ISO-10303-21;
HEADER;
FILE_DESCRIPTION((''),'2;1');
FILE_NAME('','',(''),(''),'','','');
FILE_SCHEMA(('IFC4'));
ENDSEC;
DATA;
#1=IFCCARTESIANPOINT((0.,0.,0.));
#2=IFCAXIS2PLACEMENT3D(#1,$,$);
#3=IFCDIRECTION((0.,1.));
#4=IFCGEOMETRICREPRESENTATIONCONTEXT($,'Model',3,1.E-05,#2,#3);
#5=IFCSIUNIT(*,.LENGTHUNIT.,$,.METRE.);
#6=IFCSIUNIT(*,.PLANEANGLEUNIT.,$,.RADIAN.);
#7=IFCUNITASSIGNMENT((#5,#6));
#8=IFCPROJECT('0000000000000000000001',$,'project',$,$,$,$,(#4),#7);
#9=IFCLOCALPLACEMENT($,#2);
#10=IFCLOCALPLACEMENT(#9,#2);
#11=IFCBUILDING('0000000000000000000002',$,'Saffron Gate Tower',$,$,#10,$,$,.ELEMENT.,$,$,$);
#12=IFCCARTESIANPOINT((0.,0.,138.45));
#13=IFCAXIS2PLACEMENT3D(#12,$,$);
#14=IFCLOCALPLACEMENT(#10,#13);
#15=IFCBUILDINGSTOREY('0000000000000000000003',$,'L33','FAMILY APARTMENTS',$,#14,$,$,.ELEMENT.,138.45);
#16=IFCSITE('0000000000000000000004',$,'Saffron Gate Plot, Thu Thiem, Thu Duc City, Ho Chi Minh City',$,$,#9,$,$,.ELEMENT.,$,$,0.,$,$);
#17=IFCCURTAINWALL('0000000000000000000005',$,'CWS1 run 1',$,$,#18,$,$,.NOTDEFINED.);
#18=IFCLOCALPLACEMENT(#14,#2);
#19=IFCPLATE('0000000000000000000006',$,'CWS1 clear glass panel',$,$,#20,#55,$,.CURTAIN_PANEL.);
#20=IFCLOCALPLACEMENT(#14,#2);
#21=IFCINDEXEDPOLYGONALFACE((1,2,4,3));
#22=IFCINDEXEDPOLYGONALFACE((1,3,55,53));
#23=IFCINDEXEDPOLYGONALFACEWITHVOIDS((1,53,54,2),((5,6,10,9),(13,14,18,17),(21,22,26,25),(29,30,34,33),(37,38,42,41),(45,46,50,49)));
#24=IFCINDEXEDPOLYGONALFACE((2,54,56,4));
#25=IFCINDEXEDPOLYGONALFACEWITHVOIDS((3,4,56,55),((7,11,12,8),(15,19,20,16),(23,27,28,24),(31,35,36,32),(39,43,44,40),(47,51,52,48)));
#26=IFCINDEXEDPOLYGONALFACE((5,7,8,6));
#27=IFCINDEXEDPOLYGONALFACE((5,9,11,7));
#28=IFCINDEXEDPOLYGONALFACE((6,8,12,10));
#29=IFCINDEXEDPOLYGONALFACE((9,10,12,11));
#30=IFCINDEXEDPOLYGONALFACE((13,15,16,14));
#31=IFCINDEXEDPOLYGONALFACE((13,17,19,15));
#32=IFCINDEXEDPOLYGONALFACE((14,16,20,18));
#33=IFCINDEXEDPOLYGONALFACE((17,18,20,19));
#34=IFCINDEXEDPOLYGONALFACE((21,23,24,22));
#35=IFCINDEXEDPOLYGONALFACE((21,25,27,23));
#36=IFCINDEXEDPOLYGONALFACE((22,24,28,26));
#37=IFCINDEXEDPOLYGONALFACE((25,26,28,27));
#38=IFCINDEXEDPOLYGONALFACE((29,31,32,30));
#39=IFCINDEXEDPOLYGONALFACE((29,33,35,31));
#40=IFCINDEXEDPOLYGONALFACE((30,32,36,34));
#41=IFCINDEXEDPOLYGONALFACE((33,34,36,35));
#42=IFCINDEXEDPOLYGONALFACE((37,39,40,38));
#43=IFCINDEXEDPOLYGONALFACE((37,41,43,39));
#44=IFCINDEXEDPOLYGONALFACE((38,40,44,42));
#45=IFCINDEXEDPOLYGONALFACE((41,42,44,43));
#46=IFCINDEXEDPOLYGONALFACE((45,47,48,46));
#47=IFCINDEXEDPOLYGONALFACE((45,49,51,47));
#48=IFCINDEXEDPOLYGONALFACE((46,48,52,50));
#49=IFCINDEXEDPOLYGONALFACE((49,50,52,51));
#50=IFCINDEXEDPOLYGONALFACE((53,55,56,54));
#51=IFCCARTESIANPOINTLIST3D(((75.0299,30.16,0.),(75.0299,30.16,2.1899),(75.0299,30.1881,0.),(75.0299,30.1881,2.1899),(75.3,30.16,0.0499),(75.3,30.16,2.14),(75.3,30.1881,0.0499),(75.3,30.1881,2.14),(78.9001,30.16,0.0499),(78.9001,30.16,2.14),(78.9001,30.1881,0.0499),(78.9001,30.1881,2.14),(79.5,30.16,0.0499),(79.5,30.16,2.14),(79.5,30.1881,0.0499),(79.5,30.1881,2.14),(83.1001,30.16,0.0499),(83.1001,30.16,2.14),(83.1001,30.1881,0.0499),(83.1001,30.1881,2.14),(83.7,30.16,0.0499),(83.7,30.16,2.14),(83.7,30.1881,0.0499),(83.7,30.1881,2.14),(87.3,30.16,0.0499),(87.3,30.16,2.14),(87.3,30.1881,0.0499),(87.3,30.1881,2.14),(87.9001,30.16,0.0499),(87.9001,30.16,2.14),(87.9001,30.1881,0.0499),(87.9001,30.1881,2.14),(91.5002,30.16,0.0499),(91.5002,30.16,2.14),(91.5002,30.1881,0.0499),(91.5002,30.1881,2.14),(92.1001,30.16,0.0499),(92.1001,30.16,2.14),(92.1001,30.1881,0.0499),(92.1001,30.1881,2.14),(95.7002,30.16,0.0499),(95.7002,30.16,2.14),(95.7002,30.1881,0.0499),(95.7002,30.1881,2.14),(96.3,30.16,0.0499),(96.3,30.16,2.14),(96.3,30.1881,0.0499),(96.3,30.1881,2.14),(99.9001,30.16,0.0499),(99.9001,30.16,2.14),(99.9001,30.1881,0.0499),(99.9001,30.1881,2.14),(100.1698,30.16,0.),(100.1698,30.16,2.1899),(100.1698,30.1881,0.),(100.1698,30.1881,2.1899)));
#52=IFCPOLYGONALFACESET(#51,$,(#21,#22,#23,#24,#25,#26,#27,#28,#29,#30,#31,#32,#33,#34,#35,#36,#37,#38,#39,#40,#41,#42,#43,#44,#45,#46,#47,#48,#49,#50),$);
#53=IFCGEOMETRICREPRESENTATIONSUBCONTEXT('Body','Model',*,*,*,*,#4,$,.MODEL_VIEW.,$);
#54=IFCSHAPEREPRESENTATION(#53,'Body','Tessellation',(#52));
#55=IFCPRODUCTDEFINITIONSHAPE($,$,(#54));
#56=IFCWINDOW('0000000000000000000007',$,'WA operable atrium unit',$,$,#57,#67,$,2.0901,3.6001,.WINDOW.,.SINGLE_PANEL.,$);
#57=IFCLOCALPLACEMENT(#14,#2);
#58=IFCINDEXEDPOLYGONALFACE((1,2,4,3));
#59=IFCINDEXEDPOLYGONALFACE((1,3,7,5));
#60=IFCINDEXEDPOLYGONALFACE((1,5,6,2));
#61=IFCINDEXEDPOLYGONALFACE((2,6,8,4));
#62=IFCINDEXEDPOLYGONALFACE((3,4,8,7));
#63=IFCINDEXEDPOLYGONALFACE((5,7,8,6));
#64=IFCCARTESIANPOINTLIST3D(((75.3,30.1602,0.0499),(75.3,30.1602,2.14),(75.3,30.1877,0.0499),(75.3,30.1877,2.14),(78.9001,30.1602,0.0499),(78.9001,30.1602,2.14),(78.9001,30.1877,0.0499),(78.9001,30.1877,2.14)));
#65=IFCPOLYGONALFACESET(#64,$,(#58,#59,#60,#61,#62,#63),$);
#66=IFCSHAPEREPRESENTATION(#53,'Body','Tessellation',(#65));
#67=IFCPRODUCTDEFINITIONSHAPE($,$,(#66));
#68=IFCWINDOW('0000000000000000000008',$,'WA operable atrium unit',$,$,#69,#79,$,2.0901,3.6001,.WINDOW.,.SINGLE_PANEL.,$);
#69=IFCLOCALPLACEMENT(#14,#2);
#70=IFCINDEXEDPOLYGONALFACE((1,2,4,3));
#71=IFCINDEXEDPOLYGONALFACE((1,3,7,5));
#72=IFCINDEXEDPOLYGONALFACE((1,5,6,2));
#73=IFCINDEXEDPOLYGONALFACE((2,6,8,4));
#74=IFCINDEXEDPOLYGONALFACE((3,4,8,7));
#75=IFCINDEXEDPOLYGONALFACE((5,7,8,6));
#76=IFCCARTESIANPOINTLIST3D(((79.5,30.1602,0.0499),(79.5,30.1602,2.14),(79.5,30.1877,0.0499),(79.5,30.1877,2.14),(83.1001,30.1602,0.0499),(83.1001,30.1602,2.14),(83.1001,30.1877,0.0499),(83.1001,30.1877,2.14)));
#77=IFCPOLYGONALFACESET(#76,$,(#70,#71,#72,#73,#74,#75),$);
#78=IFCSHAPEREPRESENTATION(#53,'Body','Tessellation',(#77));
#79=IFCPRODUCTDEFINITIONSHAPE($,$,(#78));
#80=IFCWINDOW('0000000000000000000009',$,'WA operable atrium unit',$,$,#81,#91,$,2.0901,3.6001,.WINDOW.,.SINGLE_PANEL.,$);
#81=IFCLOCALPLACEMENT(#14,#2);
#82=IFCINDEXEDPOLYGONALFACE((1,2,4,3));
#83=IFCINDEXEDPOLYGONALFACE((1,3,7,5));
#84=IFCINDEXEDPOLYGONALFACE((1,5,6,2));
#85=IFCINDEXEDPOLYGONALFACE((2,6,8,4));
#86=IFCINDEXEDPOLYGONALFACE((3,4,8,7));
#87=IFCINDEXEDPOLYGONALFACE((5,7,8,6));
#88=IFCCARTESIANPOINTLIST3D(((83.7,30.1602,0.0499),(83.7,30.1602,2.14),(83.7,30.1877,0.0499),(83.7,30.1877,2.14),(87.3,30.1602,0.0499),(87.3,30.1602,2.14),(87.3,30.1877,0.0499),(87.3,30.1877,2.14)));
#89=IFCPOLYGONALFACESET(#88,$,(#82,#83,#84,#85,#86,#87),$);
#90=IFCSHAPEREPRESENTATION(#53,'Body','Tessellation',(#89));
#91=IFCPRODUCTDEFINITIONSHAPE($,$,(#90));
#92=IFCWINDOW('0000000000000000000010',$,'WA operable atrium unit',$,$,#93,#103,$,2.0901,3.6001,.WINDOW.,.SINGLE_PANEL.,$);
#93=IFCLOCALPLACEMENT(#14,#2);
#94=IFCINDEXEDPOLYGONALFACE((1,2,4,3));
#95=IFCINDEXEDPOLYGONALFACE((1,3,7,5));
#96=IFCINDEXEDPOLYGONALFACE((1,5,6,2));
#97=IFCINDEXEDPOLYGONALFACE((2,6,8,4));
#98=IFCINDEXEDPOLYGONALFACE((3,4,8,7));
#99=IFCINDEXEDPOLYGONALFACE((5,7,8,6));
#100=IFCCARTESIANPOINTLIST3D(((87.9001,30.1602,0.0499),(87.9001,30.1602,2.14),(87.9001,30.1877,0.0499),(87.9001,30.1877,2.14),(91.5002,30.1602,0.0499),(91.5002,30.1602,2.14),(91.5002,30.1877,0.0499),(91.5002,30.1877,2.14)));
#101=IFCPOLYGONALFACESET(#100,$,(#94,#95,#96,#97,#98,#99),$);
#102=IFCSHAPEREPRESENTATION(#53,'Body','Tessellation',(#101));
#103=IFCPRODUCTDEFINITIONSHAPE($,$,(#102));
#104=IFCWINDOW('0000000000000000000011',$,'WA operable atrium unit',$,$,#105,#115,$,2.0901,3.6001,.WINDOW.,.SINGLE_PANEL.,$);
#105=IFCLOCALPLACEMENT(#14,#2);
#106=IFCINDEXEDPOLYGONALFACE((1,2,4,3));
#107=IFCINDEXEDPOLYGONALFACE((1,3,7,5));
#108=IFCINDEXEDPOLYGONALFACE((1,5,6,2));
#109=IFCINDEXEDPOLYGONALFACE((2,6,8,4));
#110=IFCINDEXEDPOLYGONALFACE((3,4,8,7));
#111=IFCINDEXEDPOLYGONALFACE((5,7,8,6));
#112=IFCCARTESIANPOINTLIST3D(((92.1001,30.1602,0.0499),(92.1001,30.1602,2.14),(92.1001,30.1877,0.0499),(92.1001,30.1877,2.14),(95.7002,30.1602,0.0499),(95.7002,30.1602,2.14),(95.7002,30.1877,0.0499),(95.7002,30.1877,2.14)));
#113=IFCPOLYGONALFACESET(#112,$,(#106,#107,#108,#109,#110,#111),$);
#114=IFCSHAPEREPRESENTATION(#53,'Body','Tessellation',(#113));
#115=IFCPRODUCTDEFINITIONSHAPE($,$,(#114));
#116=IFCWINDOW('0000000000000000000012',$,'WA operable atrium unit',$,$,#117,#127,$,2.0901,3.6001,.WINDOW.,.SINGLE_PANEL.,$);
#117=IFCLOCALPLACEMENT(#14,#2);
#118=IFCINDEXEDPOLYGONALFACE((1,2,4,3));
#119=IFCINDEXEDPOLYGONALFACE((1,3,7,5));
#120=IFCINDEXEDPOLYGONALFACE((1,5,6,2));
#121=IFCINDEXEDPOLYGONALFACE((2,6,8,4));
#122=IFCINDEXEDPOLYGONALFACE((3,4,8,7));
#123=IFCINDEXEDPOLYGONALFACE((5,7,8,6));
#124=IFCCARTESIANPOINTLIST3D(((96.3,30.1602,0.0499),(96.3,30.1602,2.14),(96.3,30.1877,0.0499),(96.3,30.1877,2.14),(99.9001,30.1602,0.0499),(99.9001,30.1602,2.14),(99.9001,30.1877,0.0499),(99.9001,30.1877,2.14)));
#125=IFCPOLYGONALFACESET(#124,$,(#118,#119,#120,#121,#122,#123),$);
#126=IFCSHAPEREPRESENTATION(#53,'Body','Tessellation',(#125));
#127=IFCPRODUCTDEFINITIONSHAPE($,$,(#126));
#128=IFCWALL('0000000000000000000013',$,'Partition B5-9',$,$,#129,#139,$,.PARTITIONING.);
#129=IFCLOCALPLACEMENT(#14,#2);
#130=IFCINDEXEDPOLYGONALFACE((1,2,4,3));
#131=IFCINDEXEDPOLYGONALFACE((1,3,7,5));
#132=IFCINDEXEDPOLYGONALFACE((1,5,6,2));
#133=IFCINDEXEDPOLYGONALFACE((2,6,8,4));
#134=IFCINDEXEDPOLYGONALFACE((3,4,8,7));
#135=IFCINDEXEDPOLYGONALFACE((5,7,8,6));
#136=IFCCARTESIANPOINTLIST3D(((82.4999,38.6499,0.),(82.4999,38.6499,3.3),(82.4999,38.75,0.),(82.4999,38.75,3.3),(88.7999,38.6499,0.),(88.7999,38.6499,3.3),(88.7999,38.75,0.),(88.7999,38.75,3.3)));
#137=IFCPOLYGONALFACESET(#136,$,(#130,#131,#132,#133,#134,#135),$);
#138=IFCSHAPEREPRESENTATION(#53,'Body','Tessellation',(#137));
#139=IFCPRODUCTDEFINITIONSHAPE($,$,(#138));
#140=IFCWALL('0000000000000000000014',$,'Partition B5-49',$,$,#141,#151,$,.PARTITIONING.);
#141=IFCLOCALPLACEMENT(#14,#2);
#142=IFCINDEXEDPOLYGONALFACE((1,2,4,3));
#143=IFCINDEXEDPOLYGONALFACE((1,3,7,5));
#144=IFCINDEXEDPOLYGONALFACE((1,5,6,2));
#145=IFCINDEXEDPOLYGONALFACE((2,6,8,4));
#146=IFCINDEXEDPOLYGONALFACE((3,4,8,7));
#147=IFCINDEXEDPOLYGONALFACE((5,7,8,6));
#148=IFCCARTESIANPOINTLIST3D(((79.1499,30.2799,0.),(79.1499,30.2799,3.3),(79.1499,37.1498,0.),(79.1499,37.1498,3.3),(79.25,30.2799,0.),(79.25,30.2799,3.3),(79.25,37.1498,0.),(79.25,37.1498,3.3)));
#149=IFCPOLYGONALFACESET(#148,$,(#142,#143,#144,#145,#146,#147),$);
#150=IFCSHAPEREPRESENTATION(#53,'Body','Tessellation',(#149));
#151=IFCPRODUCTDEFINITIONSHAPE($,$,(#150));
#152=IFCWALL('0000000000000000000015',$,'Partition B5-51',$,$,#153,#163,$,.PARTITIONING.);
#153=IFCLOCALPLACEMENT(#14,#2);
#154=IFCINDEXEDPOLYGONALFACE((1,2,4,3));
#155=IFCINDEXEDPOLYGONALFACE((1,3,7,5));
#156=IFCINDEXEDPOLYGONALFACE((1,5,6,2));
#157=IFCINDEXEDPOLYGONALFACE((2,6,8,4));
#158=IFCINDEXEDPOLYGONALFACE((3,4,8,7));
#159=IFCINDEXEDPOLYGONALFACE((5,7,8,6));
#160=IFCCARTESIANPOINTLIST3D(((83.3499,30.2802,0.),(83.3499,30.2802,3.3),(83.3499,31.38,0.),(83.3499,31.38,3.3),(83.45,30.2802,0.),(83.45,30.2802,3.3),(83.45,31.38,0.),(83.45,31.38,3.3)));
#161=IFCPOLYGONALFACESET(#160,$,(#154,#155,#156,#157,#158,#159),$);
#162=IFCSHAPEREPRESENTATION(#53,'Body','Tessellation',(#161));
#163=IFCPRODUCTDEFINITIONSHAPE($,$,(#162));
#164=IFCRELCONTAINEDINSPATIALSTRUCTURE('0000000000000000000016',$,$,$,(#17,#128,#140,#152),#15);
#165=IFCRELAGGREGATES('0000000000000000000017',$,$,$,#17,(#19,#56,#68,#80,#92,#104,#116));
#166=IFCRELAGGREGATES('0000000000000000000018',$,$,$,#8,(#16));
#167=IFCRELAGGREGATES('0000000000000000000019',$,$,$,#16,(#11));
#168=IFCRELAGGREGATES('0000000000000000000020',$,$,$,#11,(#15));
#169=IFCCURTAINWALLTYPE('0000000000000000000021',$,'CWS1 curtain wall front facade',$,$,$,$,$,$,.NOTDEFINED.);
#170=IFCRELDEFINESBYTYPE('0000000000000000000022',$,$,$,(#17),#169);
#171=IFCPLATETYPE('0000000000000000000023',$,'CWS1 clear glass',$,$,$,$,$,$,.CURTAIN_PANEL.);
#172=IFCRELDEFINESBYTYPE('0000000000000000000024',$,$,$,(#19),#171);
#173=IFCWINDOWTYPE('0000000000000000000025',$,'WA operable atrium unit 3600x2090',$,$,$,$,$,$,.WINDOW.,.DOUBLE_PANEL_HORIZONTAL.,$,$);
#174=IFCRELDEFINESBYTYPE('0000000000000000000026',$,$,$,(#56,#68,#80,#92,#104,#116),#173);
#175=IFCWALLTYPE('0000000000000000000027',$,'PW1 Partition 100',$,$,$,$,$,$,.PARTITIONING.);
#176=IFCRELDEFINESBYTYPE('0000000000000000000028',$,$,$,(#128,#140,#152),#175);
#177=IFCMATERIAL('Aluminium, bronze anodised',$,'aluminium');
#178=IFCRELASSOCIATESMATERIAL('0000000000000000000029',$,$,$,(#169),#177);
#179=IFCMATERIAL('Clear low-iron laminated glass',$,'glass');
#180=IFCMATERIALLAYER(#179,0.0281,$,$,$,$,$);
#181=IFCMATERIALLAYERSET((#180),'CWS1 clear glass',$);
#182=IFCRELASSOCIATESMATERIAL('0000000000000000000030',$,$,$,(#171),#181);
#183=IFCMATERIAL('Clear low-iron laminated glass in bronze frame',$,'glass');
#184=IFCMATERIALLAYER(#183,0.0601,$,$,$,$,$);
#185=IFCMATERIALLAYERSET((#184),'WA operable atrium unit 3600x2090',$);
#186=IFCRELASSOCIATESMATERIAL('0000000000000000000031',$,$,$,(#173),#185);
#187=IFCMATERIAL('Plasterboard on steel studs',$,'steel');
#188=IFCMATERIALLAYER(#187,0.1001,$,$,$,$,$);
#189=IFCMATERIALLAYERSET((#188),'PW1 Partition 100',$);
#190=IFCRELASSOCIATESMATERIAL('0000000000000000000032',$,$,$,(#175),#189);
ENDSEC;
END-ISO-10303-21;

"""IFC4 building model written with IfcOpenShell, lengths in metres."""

from ifc_helpers import new_model, si_unit, direction, frame, frame_2d, origin, place, context, subcontext, project, spatial, rectangle, extrude, material, layer, layer_set, type_object, element, fill, aggregate, save


model = new_model("IFC4")

# Units and contexts
model_context = context("Model", 3, precision=1e-05, world=origin(), true_north=direction((0.0, 1.0)))
body_context = subcontext(model_context, "Body", "Model", "MODEL_VIEW")
ifc_project = project(units=[si_unit("LENGTHUNIT", "METRE"), si_unit("PLANEANGLEUNIT", "RADIAN")], contexts=[model_context])

# Site, building, storey
site_placement = place(None, origin())
site = spatial("IfcSite", under=ifc_project, at=site_placement, Name="Saffron Gate Plot, Thu Thiem, Thu Duc City, Ho Chi Minh City", CompositionType="ELEMENT", RefElevation=0.0)
building_placement = place(site_placement, origin())
building = spatial("IfcBuilding", under=site, at=building_placement, Name="Saffron Gate Tower", CompositionType="ELEMENT")
storey_placement = place(building_placement, frame((0.0, 0.0, 138.45)))
storey = spatial("IfcBuildingStorey", under=building, at=storey_placement, Name="L33", Description="FAMILY APARTMENTS", CompositionType="ELEMENT", Elevation=138.45)

# Curtain wall, plate, openings, windows
ifc_material_1 = material(Name="Aluminium, bronze anodised", Category="aluminium")
curtain_wall_type = type_object("IfcCurtainWallType", Name="CWS1 curtain wall front facade", PredefinedType="NOTDEFINED", material=ifc_material_1)
curtain_wall_placement = place(storey_placement, origin())
curtain_wall = element("IfcCurtainWall", 1, at=curtain_wall_placement, inside=storey, type_object=curtain_wall_type, Name="CWS1 run 1", PredefinedType="NOTDEFINED")
ifc_material_2 = material(Name="Clear low-iron laminated glass", Category="glass")
ifc_layer_1 = layer(ifc_material_2, 0.0281)
ifc_layer_set_1 = layer_set([ifc_layer_1], Name="CWS1 clear glass")
plate_type = type_object("IfcPlateType", Name="CWS1 clear glass", PredefinedType="CURTAIN_PANEL", material=ifc_layer_set_1)
plate_placement = place(storey_placement, frame((75.03, 30.1741, 0.0), z_axis=(0.0, 0.0, 1.0), x_axis=(1.0, 0.0, 0.0)))
plate = element("IfcPlate", 2, at=plate_placement, type_object=plate_type, Name="CWS1 clear glass panel", PredefinedType="CURTAIN_PANEL", context=body_context, shape_type="SweptSolid", body=[
    extrude(rectangle(XDim=25.1399, YDim=0.0281, at=frame_2d((12.5698, 0.0))), origin(), (0.0, 0.0, 1.0), 2.1899),
])
opening_1_placement = place(plate_placement, frame((0.27, 0.0, 0.05)))
opening_1 = element("IfcOpeningElement", 3, at=opening_1_placement, cuts=plate, PredefinedType="OPENING", context=body_context, shape_type="SweptSolid", body=[
    extrude(rectangle(XDim=3.6001, YDim=2.0901, at=frame_2d((1.8, 1.0449))), frame((0.0, 0.0239, 0.0), z_axis=(0.0, -1.0, 0.0), x_axis=(1.0, 0.0, 0.0)), (0.0, 0.0, 1.0), 0.0481),
])
opening_2_placement = place(plate_placement, frame((4.47, 0.0, 0.05)))
opening_2 = element("IfcOpeningElement", 4, at=opening_2_placement, cuts=plate, PredefinedType="OPENING", context=body_context, shape_type="SweptSolid", body=[
    extrude(rectangle(XDim=3.6001, YDim=2.0901, at=frame_2d((1.8, 1.0449))), frame((0.0, 0.0239, 0.0), z_axis=(0.0, -1.0, 0.0), x_axis=(1.0, 0.0, 0.0)), (0.0, 0.0, 1.0), 0.0481),
])
opening_3_placement = place(plate_placement, frame((8.6699, 0.0, 0.05)))
opening_3 = element("IfcOpeningElement", 5, at=opening_3_placement, cuts=plate, PredefinedType="OPENING", context=body_context, shape_type="SweptSolid", body=[
    extrude(rectangle(XDim=3.6001, YDim=2.0901, at=frame_2d((1.8, 1.0449))), frame((0.0, 0.0239, 0.0), z_axis=(0.0, -1.0, 0.0), x_axis=(1.0, 0.0, 0.0)), (0.0, 0.0, 1.0), 0.0481),
])
opening_4_placement = place(plate_placement, frame((12.8701, 0.0, 0.05)))
opening_4 = element("IfcOpeningElement", 6, at=opening_4_placement, cuts=plate, PredefinedType="OPENING", context=body_context, shape_type="SweptSolid", body=[
    extrude(rectangle(XDim=3.6001, YDim=2.0901, at=frame_2d((1.8, 1.0449))), frame((0.0, 0.0239, 0.0), z_axis=(0.0, -1.0, 0.0), x_axis=(1.0, 0.0, 0.0)), (0.0, 0.0, 1.0), 0.0481),
])
opening_5_placement = place(plate_placement, frame((17.0701, 0.0, 0.05)))
opening_5 = element("IfcOpeningElement", 7, at=opening_5_placement, cuts=plate, PredefinedType="OPENING", context=body_context, shape_type="SweptSolid", body=[
    extrude(rectangle(XDim=3.6001, YDim=2.0901, at=frame_2d((1.8, 1.0449))), frame((0.0, 0.0239, 0.0), z_axis=(0.0, -1.0, 0.0), x_axis=(1.0, 0.0, 0.0)), (0.0, 0.0, 1.0), 0.0481),
])
opening_6_placement = place(plate_placement, frame((21.27, 0.0, 0.05)))
opening_6 = element("IfcOpeningElement", 8, at=opening_6_placement, cuts=plate, PredefinedType="OPENING", context=body_context, shape_type="SweptSolid", body=[
    extrude(rectangle(XDim=3.6001, YDim=2.0901, at=frame_2d((1.8, 1.0449))), frame((0.0, 0.0239, 0.0), z_axis=(0.0, -1.0, 0.0), x_axis=(1.0, 0.0, 0.0)), (0.0, 0.0, 1.0), 0.0481),
])
ifc_material_3 = material(Name="Clear low-iron laminated glass in bronze frame", Category="glass")
ifc_layer_2 = layer(ifc_material_3, 0.0601)
ifc_layer_set_2 = layer_set([ifc_layer_2], Name="WA operable atrium unit 3600x2090")
window_type = type_object("IfcWindowType", Name="WA operable atrium unit 3600x2090", PartitioningType="DOUBLE_PANEL_HORIZONTAL", PredefinedType="WINDOW", material=ifc_layer_set_2)
window_1_placement = place(opening_1_placement, origin())
window_1 = element("IfcWindow", 9, at=window_1_placement, type_object=window_type, Name="WA operable atrium unit", OverallHeight=2.0901, OverallWidth=3.6001, PartitioningType="SINGLE_PANEL", PredefinedType="WINDOW", context=body_context, shape_type="SweptSolid", body=[
    extrude(rectangle(XDim=3.6001, YDim=2.0901, at=frame_2d((1.8, 1.0449))), frame((0.0, 0.0137, 0.0), z_axis=(0.0, -1.0, 0.0), x_axis=(1.0, 0.0, 0.0)), (0.0, 0.0, 1.0), 0.0276),
])
fill(opening_1, window_1)
window_2_placement = place(opening_2_placement, origin())
window_2 = element("IfcWindow", 10, at=window_2_placement, type_object=window_type, Name="WA operable atrium unit", OverallHeight=2.0901, OverallWidth=3.6001, PartitioningType="SINGLE_PANEL", PredefinedType="WINDOW", context=body_context, shape_type="SweptSolid", body=[
    extrude(rectangle(XDim=3.6001, YDim=2.0901, at=frame_2d((1.8, 1.0449))), frame((0.0, 0.0137, 0.0), z_axis=(0.0, -1.0, 0.0), x_axis=(1.0, 0.0, 0.0)), (0.0, 0.0, 1.0), 0.0276),
])
fill(opening_2, window_2)
window_3_placement = place(opening_3_placement, origin())
window_3 = element("IfcWindow", 11, at=window_3_placement, type_object=window_type, Name="WA operable atrium unit", OverallHeight=2.0901, OverallWidth=3.6001, PartitioningType="SINGLE_PANEL", PredefinedType="WINDOW", context=body_context, shape_type="SweptSolid", body=[
    extrude(rectangle(XDim=3.6001, YDim=2.0901, at=frame_2d((1.8, 1.0449))), frame((0.0, 0.0137, 0.0), z_axis=(0.0, -1.0, 0.0), x_axis=(1.0, 0.0, 0.0)), (0.0, 0.0, 1.0), 0.0276),
])
fill(opening_3, window_3)
window_4_placement = place(opening_4_placement, origin())
window_4 = element("IfcWindow", 12, at=window_4_placement, type_object=window_type, Name="WA operable atrium unit", OverallHeight=2.0901, OverallWidth=3.6001, PartitioningType="SINGLE_PANEL", PredefinedType="WINDOW", context=body_context, shape_type="SweptSolid", body=[
    extrude(rectangle(XDim=3.6001, YDim=2.0901, at=frame_2d((1.8, 1.0449))), frame((0.0, 0.0137, 0.0), z_axis=(0.0, -1.0, 0.0), x_axis=(1.0, 0.0, 0.0)), (0.0, 0.0, 1.0), 0.0276),
])
fill(opening_4, window_4)
window_5_placement = place(opening_5_placement, origin())
window_5 = element("IfcWindow", 13, at=window_5_placement, type_object=window_type, Name="WA operable atrium unit", OverallHeight=2.0901, OverallWidth=3.6001, PartitioningType="SINGLE_PANEL", PredefinedType="WINDOW", context=body_context, shape_type="SweptSolid", body=[
    extrude(rectangle(XDim=3.6001, YDim=2.0901, at=frame_2d((1.8, 1.0449))), frame((0.0, 0.0137, 0.0), z_axis=(0.0, -1.0, 0.0), x_axis=(1.0, 0.0, 0.0)), (0.0, 0.0, 1.0), 0.0276),
])
fill(opening_5, window_5)
window_6_placement = place(opening_6_placement, origin())
window_6 = element("IfcWindow", 14, at=window_6_placement, type_object=window_type, Name="WA operable atrium unit", OverallHeight=2.0901, OverallWidth=3.6001, PartitioningType="SINGLE_PANEL", PredefinedType="WINDOW", context=body_context, shape_type="SweptSolid", body=[
    extrude(rectangle(XDim=3.6001, YDim=2.0901, at=frame_2d((1.8, 1.0449))), frame((0.0, 0.0137, 0.0), z_axis=(0.0, -1.0, 0.0), x_axis=(1.0, 0.0, 0.0)), (0.0, 0.0, 1.0), 0.0276),
])
fill(opening_6, window_6)
aggregate(curtain_wall, [plate, window_1, window_2, window_3, window_4, window_5, window_6])

# Walls
ifc_material_4 = material(Name="Plasterboard on steel studs", Category="steel")
ifc_layer_3 = layer(ifc_material_4, 0.1001)
ifc_layer_set_3 = layer_set([ifc_layer_3], Name="PW1 Partition 100")
wall_type_1 = type_object("IfcWallType", Name="PW1 Partition 100", PredefinedType="PARTITIONING", material=ifc_layer_set_3)
wall_1_placement = place(storey_placement, frame((82.5, 38.7, 0.0), z_axis=(0.0, 0.0, 1.0), x_axis=(1.0, 0.0, 0.0)))
element("IfcWall", 15, at=wall_1_placement, inside=storey, type_object=wall_type_1, Name="Partition B5-9", PredefinedType="PARTITIONING", context=body_context, shape_type="SweptSolid", body=[
    extrude(rectangle(XDim=6.3, YDim=0.1001, at=frame_2d((3.1499, 0.0))), origin(), (0.0, 0.0, 1.0), 3.3),
])
wall_2_placement = place(storey_placement, frame((79.2, 37.1499, 0.0), z_axis=(0.0, 0.0, 1.0), x_axis=(0.0, -1.0, 0.0)))
element("IfcWall", 16, at=wall_2_placement, inside=storey, type_object=wall_type_1, Name="Partition B5-49", PredefinedType="PARTITIONING", context=body_context, shape_type="SweptSolid", body=[
    extrude(rectangle(XDim=6.8699, YDim=0.1001, at=frame_2d((3.4351, 0.0))), origin(), (0.0, 0.0, 1.0), 3.3),
])
wall_3_placement = place(storey_placement, frame((83.3999, 31.3799, 0.0), z_axis=(0.0, 0.0, 1.0), x_axis=(0.0, -1.0, 0.0)))
element("IfcWall", 17, at=wall_3_placement, inside=storey, type_object=wall_type_1, Name="Partition B5-51", PredefinedType="PARTITIONING", context=body_context, shape_type="SweptSolid", body=[
    extrude(rectangle(XDim=1.0999, YDim=0.1001, at=frame_2d((0.5498, 0.0))), origin(), (0.0, 0.0, 1.0), 3.3),
])

save(model, "model.ifc")
